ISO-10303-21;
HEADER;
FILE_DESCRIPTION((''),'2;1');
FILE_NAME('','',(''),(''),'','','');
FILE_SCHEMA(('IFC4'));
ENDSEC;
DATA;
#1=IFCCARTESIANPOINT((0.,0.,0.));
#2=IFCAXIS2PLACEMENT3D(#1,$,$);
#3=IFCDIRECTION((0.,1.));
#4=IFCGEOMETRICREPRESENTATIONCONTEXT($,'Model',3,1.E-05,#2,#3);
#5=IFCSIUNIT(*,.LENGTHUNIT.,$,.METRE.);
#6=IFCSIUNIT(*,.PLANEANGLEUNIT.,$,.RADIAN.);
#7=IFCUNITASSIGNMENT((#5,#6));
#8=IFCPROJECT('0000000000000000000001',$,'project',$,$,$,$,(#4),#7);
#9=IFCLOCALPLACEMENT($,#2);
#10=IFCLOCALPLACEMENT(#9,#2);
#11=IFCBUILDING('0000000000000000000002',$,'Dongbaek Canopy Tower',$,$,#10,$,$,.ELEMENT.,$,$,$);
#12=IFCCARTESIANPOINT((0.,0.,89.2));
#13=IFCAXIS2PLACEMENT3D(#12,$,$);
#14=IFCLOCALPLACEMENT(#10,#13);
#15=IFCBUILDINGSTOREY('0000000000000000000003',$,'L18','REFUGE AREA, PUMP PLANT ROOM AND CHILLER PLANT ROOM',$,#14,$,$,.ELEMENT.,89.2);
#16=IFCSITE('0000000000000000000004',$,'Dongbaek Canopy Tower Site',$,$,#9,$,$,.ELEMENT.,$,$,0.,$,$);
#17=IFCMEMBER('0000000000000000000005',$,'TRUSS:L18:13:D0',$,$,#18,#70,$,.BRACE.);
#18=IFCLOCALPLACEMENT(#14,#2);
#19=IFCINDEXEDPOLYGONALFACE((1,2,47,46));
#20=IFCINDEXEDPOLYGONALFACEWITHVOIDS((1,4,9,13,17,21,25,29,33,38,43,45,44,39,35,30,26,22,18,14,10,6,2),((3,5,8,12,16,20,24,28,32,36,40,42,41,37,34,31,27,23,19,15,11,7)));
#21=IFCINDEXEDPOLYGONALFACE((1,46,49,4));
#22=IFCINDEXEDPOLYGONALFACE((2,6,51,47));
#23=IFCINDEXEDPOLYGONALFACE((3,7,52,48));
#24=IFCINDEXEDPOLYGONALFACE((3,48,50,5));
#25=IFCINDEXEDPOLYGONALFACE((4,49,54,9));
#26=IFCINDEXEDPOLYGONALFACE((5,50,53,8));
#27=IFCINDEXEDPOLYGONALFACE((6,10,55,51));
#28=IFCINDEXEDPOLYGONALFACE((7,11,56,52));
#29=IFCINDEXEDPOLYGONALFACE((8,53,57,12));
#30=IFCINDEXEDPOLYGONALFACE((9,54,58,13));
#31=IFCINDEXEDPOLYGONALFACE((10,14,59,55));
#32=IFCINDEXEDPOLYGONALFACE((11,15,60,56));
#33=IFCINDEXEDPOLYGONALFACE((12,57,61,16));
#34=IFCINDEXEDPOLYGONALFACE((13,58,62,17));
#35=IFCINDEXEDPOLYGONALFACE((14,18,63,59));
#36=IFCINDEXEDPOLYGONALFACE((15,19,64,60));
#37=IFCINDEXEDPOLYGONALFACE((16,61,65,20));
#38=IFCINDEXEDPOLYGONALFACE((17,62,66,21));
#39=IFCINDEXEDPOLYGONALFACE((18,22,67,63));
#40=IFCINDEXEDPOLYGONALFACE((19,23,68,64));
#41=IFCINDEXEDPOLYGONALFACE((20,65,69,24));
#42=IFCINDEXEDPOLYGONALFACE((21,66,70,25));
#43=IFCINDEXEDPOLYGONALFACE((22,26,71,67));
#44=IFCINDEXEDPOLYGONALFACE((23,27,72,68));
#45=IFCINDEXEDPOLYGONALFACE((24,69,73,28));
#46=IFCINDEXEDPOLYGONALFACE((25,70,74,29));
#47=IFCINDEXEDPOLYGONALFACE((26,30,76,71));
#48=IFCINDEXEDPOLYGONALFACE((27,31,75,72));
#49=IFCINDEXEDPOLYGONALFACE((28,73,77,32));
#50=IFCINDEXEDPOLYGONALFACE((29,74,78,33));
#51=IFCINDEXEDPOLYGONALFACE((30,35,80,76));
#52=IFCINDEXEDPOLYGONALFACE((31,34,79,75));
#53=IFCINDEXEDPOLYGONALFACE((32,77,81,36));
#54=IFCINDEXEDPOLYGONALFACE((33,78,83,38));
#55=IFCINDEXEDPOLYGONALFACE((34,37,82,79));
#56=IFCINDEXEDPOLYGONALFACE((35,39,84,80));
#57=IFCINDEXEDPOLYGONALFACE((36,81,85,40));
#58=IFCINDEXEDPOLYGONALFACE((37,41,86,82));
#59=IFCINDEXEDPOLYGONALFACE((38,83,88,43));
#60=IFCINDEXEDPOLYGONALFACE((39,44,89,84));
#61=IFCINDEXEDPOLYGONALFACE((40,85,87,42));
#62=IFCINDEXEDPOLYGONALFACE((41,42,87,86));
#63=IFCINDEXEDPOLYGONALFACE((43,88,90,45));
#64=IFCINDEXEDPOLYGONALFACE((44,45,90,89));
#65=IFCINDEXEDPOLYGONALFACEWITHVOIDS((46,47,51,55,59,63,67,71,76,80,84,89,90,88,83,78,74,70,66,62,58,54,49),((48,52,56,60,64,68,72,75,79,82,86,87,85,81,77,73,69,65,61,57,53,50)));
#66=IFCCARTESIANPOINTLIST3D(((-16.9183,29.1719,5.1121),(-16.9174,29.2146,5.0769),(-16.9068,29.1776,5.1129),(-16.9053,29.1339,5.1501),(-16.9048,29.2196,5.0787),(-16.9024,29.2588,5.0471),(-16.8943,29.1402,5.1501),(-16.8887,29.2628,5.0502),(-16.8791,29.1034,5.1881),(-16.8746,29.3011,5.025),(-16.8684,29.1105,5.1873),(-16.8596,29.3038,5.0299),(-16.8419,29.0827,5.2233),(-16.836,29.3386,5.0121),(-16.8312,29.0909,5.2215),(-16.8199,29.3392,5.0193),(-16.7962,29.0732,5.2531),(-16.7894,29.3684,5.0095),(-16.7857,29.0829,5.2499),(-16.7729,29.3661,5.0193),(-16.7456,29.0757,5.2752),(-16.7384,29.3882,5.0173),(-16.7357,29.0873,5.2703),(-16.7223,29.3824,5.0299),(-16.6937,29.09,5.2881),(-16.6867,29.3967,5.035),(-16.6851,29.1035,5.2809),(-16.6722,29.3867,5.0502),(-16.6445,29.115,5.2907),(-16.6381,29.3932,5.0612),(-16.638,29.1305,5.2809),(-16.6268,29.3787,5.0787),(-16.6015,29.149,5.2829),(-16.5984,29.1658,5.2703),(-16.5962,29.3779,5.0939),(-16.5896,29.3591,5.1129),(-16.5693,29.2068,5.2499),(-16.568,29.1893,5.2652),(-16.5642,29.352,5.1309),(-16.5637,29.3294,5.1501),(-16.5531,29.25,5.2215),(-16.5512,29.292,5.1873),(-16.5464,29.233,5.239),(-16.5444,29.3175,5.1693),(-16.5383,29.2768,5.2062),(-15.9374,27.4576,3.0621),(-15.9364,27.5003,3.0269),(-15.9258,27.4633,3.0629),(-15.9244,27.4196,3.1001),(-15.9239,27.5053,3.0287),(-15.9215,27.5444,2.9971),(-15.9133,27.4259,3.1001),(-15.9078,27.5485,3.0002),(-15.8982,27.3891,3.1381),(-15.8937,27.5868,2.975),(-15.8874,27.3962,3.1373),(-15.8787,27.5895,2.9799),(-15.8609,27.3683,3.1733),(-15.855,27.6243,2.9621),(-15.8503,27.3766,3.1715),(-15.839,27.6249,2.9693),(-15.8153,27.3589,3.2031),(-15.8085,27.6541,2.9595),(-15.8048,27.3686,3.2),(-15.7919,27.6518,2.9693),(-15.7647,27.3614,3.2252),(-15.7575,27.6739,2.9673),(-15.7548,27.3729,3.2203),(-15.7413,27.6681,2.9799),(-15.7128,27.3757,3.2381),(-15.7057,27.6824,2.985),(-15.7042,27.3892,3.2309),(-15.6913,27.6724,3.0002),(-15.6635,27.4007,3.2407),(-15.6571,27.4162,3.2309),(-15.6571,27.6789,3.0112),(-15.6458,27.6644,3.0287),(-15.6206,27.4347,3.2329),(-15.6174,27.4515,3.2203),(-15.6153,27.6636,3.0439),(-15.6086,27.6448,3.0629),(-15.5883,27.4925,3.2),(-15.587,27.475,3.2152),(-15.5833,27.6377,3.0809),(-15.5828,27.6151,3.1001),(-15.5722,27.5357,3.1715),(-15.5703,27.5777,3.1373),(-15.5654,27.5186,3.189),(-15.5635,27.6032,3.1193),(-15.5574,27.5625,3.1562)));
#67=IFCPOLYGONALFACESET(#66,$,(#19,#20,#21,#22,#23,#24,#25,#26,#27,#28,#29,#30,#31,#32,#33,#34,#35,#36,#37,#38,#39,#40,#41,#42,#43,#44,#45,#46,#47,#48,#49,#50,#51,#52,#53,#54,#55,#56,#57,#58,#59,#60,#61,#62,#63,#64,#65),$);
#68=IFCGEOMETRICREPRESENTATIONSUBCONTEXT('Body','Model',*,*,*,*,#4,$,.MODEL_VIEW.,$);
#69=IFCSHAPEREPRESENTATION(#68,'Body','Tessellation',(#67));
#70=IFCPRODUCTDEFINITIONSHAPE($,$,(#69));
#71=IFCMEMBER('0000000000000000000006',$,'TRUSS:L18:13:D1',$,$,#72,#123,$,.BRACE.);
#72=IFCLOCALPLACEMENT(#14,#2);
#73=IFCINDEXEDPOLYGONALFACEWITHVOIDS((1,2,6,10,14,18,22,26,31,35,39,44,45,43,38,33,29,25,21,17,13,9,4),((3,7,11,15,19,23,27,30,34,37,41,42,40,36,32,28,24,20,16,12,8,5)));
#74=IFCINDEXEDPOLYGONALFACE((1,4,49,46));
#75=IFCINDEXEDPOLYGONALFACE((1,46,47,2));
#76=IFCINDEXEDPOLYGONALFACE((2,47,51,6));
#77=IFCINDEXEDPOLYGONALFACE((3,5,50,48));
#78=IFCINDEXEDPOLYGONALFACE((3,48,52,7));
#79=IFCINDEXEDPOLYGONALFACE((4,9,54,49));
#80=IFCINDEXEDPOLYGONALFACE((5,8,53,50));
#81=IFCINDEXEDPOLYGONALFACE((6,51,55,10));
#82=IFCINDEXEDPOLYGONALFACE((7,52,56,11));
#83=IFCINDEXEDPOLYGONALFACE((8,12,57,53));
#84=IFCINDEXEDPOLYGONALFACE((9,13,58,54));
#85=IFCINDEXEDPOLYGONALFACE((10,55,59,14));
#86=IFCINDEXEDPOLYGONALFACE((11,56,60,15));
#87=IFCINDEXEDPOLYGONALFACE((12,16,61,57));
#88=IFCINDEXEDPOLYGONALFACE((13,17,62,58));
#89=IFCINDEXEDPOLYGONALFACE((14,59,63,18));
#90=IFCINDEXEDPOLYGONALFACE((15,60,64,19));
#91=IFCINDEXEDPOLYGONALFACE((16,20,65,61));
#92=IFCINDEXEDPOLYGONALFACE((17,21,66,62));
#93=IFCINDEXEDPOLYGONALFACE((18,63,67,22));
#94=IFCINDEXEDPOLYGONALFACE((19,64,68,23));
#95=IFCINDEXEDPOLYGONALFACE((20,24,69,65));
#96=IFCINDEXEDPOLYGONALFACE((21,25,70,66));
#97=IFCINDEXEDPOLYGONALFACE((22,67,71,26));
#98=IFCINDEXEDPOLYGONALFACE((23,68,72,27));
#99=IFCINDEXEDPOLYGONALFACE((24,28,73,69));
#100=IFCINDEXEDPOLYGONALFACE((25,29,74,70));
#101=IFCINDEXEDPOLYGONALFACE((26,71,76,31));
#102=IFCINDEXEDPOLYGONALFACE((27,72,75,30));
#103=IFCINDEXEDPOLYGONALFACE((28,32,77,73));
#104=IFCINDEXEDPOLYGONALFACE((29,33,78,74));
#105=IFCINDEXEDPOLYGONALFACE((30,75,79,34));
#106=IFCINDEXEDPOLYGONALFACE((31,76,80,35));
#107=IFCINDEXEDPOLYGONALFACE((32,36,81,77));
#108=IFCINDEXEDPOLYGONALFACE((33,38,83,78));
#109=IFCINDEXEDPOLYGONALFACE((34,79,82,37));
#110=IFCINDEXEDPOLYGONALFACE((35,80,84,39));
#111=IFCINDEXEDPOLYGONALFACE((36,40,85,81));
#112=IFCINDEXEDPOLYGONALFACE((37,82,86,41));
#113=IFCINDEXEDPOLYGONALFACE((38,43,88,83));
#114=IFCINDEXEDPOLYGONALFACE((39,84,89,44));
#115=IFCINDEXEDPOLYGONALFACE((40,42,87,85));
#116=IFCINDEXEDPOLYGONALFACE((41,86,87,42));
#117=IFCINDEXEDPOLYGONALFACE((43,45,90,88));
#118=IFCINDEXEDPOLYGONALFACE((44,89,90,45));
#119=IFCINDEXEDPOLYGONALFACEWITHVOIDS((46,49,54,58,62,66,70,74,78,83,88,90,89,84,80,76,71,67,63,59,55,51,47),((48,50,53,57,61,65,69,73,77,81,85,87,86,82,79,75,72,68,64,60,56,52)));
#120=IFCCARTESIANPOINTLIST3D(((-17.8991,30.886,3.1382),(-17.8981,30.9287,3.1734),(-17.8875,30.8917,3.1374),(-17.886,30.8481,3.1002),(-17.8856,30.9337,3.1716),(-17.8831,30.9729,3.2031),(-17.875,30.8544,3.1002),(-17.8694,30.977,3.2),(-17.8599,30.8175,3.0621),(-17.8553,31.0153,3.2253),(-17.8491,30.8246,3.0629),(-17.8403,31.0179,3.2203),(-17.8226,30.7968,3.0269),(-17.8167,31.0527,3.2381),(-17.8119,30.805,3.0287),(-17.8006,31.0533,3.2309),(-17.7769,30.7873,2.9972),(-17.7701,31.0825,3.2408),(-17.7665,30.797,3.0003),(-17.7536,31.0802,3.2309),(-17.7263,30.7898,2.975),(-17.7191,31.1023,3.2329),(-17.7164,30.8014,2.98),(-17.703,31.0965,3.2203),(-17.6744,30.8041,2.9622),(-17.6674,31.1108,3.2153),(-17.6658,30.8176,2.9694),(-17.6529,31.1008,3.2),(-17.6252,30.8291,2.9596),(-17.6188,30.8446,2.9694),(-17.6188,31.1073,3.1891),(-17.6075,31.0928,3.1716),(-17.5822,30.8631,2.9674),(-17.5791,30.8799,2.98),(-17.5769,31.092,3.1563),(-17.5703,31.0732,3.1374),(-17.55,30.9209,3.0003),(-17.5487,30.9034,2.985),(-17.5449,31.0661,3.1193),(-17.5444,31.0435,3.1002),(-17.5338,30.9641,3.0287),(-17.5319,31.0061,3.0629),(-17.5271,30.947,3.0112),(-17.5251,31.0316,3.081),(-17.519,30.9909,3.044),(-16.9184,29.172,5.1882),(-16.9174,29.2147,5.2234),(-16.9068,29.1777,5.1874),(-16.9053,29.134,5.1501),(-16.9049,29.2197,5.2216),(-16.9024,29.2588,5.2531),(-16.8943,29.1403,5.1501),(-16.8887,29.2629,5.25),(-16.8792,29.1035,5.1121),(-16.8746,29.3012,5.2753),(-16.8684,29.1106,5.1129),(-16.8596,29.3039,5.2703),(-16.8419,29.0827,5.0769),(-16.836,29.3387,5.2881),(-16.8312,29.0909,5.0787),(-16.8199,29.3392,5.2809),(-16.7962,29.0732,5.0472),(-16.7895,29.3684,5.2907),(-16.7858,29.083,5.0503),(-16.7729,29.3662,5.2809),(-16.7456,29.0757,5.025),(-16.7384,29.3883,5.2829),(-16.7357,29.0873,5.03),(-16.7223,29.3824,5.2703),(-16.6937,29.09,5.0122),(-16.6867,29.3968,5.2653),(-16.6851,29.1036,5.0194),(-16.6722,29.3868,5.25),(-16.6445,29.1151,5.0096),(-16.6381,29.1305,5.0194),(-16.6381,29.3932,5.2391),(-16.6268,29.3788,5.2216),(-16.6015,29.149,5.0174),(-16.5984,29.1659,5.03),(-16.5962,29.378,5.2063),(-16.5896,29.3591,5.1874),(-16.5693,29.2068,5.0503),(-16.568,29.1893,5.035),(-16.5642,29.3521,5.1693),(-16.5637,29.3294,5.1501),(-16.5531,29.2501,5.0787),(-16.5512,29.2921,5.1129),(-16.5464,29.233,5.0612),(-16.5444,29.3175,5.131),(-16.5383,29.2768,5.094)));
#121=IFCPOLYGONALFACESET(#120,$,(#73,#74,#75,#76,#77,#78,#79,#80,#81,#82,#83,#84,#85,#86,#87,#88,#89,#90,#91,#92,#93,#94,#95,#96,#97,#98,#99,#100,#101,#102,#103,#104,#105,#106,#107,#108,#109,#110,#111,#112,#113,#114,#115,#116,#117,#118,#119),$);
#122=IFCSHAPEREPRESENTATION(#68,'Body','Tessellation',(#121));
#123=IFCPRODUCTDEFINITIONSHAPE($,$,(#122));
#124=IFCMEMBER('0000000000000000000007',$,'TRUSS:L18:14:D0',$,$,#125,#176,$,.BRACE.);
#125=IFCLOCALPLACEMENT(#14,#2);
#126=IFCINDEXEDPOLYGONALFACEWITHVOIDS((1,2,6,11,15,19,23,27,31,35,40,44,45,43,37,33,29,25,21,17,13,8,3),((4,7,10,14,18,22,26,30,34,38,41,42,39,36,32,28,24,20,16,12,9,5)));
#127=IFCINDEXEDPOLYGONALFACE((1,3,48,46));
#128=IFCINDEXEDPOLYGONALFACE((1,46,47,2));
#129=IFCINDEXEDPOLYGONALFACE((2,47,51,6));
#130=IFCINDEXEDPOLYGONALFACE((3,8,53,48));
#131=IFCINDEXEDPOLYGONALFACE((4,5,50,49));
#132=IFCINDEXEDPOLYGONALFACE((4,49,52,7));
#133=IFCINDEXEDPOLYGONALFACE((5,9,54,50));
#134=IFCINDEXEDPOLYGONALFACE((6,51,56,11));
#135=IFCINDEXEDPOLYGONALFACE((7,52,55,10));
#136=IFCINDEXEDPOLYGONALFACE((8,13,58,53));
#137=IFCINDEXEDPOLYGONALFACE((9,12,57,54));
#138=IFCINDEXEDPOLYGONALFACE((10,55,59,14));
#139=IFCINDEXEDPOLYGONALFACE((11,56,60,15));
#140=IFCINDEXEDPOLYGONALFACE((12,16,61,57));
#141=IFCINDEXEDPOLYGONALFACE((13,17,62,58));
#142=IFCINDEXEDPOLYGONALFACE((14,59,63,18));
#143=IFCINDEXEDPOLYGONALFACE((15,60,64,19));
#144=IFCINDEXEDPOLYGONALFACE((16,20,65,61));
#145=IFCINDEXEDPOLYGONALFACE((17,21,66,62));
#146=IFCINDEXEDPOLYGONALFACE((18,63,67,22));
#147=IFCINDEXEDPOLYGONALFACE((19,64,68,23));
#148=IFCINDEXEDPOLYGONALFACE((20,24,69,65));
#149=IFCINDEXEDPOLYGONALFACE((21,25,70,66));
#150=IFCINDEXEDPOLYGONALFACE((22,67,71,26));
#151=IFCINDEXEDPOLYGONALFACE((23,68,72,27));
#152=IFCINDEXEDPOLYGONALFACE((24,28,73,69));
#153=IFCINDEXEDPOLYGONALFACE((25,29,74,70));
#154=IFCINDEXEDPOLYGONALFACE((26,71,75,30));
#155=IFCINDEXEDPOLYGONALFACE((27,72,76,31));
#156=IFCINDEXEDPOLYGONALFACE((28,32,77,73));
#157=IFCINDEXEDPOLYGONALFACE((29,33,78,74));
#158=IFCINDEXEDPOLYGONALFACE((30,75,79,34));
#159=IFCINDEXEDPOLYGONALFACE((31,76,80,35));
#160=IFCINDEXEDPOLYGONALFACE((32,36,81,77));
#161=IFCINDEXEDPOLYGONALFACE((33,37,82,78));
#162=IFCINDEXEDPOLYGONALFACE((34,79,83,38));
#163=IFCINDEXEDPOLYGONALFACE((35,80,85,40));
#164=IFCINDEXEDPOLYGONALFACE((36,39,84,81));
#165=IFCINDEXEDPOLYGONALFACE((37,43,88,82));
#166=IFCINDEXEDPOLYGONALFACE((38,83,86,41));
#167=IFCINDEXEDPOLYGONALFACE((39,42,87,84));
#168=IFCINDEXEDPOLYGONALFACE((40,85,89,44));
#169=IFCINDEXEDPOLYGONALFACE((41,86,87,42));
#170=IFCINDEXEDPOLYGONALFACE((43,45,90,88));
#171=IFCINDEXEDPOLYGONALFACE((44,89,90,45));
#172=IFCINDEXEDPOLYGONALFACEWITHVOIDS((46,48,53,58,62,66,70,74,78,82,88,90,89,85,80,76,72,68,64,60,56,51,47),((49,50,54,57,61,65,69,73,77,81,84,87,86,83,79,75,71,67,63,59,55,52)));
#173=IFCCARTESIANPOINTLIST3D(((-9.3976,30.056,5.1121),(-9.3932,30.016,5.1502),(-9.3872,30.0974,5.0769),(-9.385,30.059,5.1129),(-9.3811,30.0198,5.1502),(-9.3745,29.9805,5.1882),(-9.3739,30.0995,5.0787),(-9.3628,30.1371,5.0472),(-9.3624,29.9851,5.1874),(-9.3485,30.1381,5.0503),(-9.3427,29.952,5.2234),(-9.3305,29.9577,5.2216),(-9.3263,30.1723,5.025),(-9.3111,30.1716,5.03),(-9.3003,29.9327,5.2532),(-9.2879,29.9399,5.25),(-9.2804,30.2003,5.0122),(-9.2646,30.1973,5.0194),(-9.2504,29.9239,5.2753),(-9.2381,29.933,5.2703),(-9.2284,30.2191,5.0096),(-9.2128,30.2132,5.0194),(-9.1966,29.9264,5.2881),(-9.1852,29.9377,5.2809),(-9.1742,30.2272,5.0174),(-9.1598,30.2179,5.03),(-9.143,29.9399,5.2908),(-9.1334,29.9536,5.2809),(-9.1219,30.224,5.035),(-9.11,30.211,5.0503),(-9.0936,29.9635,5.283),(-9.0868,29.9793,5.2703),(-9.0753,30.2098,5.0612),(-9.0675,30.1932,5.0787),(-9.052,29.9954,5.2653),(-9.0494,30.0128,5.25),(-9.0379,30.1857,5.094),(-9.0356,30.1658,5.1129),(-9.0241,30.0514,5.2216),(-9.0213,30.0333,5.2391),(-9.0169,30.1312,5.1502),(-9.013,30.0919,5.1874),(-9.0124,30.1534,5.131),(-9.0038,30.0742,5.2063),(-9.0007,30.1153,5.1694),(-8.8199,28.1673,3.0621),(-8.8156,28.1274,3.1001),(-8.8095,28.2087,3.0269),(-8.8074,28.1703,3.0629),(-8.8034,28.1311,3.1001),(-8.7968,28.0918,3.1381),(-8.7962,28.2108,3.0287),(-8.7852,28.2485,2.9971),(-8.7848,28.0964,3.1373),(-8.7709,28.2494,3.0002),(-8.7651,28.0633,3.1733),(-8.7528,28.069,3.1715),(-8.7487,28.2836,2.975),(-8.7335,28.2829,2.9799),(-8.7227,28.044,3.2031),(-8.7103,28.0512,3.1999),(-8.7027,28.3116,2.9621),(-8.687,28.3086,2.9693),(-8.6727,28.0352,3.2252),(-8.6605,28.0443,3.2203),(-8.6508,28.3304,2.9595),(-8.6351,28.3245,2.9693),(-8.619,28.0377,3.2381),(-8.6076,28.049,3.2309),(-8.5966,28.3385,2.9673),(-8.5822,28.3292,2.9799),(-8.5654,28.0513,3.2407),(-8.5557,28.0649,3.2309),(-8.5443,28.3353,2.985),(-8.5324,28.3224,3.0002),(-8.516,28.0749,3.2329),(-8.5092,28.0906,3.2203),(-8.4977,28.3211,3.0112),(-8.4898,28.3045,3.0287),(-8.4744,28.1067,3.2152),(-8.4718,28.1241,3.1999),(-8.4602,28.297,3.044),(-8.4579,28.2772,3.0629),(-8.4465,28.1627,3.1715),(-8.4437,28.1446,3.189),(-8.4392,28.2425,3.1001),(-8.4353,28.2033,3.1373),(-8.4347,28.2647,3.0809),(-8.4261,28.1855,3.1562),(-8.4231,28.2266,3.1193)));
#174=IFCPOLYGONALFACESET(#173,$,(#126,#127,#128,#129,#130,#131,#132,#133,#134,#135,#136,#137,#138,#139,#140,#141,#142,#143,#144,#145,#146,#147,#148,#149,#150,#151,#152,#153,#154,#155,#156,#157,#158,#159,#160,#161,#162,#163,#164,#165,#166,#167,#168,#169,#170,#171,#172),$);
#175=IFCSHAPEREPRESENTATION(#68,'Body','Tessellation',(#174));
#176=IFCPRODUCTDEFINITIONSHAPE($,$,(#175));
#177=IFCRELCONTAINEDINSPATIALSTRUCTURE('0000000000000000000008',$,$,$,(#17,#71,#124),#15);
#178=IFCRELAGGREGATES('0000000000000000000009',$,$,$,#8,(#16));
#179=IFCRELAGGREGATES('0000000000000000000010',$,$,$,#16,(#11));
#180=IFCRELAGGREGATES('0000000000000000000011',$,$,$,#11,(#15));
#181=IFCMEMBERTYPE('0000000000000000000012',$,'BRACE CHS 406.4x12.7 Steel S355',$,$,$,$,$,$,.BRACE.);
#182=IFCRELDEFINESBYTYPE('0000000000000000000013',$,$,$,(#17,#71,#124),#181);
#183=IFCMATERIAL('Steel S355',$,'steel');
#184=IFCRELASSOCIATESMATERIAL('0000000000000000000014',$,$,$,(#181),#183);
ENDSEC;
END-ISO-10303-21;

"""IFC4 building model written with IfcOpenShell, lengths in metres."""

from ifc_helpers import new_model, si_unit, direction, frame, origin, origin_2d, place, context, subcontext, project, spatial, hollow_circle, extrude, material, material_profile, profile_set, type_object, element, save


model = new_model("IFC4")

# Units and contexts
model_context = context("Model", 3, precision=1e-05, world=origin(), true_north=direction((0.0, 1.0)))
body_context = subcontext(model_context, "Body", "Model", "MODEL_VIEW")
ifc_project = project(units=[si_unit("LENGTHUNIT", "METRE"), si_unit("PLANEANGLEUNIT", "RADIAN")], contexts=[model_context])

# Site, building, storey
site_placement = place(None, origin())
site = spatial("IfcSite", under=ifc_project, at=site_placement, Name="Dongbaek Canopy Tower Site", CompositionType="ELEMENT", RefElevation=0.0)
building_placement = place(site_placement, origin())
building = spatial("IfcBuilding", under=site, at=building_placement, Name="Dongbaek Canopy Tower", CompositionType="ELEMENT")
storey_placement = place(building_placement, frame((0.0, 0.0, 89.2)))
storey = spatial("IfcBuildingStorey", under=building, at=storey_placement, Name="L18", Description="REFUGE AREA, PUMP PLANT ROOM AND CHILLER PLANT ROOM", CompositionType="ELEMENT", Elevation=89.2)

# Members
ifc_material_1 = material(Name="Steel S355", Category="steel")
ifc_material_profile_1 = material_profile(ifc_material_1, hollow_circle(Radius=0.2031, WallThickness=0.0127, at=origin_2d()), Name="BRACE CHS 406.4x12.7 Steel S355")
ifc_profile_set_1 = profile_set([ifc_material_profile_1], Name="Steel S355")
member_type_1 = type_object("IfcMemberType", Name="BRACE CHS 406.4x12.7 Steel S355", PredefinedType="BRACE", material=ifc_profile_set_1)
member_1_placement = place(storey_placement, frame((-15.748, 27.5205, 3.1001), z_axis=(-0.344588, 0.602215, 0.720136), x_axis=(-0.867954, -0.496645, 0.0)))
element("IfcMember", 1, at=member_1_placement, inside=storey, type_object=member_type_1, Name="TRUSS:L18:13:D0", PredefinedType="BRACE", context=body_context, shape_type="SweptSolid", body=[
    extrude(hollow_circle(Radius=0.2031, WallThickness=0.0127, at=origin_2d()), origin(), (0.0, 0.0, 1.0), 2.8467),
])
member_2_placement = place(storey_placement, frame((-16.729, 29.2349, 5.1501), z_axis=(-0.34453, 0.602178, -0.720195), x_axis=(-0.867977, -0.496605, 0.0)))
element("IfcMember", 2, at=member_2_placement, inside=storey, type_object=member_type_1, Name="TRUSS:L18:13:D1", PredefinedType="BRACE", context=body_context, shape_type="SweptSolid", body=[
    extrude(hollow_circle(Radius=0.2031, WallThickness=0.0127, at=origin_2d()), origin(), (0.0, 0.0, 1.0), 2.8464),
])
member_3_placement = place(storey_placement, frame((-8.6213, 28.1868, 3.1001), z_axis=(-0.202918, 0.663471, 0.720161), x_axis=(-0.956275, -0.29247, 0.0)))
element("IfcMember", 3, at=member_3_placement, inside=storey, type_object=member_type_1, Name="TRUSS:L18:14:D0", PredefinedType="BRACE", context=body_context, shape_type="SweptSolid", body=[
    extrude(hollow_circle(Radius=0.2031, WallThickness=0.0127, at=origin_2d()), origin(), (0.0, 0.0, 1.0), 2.8467),
])

save(model, "model.ifc")
